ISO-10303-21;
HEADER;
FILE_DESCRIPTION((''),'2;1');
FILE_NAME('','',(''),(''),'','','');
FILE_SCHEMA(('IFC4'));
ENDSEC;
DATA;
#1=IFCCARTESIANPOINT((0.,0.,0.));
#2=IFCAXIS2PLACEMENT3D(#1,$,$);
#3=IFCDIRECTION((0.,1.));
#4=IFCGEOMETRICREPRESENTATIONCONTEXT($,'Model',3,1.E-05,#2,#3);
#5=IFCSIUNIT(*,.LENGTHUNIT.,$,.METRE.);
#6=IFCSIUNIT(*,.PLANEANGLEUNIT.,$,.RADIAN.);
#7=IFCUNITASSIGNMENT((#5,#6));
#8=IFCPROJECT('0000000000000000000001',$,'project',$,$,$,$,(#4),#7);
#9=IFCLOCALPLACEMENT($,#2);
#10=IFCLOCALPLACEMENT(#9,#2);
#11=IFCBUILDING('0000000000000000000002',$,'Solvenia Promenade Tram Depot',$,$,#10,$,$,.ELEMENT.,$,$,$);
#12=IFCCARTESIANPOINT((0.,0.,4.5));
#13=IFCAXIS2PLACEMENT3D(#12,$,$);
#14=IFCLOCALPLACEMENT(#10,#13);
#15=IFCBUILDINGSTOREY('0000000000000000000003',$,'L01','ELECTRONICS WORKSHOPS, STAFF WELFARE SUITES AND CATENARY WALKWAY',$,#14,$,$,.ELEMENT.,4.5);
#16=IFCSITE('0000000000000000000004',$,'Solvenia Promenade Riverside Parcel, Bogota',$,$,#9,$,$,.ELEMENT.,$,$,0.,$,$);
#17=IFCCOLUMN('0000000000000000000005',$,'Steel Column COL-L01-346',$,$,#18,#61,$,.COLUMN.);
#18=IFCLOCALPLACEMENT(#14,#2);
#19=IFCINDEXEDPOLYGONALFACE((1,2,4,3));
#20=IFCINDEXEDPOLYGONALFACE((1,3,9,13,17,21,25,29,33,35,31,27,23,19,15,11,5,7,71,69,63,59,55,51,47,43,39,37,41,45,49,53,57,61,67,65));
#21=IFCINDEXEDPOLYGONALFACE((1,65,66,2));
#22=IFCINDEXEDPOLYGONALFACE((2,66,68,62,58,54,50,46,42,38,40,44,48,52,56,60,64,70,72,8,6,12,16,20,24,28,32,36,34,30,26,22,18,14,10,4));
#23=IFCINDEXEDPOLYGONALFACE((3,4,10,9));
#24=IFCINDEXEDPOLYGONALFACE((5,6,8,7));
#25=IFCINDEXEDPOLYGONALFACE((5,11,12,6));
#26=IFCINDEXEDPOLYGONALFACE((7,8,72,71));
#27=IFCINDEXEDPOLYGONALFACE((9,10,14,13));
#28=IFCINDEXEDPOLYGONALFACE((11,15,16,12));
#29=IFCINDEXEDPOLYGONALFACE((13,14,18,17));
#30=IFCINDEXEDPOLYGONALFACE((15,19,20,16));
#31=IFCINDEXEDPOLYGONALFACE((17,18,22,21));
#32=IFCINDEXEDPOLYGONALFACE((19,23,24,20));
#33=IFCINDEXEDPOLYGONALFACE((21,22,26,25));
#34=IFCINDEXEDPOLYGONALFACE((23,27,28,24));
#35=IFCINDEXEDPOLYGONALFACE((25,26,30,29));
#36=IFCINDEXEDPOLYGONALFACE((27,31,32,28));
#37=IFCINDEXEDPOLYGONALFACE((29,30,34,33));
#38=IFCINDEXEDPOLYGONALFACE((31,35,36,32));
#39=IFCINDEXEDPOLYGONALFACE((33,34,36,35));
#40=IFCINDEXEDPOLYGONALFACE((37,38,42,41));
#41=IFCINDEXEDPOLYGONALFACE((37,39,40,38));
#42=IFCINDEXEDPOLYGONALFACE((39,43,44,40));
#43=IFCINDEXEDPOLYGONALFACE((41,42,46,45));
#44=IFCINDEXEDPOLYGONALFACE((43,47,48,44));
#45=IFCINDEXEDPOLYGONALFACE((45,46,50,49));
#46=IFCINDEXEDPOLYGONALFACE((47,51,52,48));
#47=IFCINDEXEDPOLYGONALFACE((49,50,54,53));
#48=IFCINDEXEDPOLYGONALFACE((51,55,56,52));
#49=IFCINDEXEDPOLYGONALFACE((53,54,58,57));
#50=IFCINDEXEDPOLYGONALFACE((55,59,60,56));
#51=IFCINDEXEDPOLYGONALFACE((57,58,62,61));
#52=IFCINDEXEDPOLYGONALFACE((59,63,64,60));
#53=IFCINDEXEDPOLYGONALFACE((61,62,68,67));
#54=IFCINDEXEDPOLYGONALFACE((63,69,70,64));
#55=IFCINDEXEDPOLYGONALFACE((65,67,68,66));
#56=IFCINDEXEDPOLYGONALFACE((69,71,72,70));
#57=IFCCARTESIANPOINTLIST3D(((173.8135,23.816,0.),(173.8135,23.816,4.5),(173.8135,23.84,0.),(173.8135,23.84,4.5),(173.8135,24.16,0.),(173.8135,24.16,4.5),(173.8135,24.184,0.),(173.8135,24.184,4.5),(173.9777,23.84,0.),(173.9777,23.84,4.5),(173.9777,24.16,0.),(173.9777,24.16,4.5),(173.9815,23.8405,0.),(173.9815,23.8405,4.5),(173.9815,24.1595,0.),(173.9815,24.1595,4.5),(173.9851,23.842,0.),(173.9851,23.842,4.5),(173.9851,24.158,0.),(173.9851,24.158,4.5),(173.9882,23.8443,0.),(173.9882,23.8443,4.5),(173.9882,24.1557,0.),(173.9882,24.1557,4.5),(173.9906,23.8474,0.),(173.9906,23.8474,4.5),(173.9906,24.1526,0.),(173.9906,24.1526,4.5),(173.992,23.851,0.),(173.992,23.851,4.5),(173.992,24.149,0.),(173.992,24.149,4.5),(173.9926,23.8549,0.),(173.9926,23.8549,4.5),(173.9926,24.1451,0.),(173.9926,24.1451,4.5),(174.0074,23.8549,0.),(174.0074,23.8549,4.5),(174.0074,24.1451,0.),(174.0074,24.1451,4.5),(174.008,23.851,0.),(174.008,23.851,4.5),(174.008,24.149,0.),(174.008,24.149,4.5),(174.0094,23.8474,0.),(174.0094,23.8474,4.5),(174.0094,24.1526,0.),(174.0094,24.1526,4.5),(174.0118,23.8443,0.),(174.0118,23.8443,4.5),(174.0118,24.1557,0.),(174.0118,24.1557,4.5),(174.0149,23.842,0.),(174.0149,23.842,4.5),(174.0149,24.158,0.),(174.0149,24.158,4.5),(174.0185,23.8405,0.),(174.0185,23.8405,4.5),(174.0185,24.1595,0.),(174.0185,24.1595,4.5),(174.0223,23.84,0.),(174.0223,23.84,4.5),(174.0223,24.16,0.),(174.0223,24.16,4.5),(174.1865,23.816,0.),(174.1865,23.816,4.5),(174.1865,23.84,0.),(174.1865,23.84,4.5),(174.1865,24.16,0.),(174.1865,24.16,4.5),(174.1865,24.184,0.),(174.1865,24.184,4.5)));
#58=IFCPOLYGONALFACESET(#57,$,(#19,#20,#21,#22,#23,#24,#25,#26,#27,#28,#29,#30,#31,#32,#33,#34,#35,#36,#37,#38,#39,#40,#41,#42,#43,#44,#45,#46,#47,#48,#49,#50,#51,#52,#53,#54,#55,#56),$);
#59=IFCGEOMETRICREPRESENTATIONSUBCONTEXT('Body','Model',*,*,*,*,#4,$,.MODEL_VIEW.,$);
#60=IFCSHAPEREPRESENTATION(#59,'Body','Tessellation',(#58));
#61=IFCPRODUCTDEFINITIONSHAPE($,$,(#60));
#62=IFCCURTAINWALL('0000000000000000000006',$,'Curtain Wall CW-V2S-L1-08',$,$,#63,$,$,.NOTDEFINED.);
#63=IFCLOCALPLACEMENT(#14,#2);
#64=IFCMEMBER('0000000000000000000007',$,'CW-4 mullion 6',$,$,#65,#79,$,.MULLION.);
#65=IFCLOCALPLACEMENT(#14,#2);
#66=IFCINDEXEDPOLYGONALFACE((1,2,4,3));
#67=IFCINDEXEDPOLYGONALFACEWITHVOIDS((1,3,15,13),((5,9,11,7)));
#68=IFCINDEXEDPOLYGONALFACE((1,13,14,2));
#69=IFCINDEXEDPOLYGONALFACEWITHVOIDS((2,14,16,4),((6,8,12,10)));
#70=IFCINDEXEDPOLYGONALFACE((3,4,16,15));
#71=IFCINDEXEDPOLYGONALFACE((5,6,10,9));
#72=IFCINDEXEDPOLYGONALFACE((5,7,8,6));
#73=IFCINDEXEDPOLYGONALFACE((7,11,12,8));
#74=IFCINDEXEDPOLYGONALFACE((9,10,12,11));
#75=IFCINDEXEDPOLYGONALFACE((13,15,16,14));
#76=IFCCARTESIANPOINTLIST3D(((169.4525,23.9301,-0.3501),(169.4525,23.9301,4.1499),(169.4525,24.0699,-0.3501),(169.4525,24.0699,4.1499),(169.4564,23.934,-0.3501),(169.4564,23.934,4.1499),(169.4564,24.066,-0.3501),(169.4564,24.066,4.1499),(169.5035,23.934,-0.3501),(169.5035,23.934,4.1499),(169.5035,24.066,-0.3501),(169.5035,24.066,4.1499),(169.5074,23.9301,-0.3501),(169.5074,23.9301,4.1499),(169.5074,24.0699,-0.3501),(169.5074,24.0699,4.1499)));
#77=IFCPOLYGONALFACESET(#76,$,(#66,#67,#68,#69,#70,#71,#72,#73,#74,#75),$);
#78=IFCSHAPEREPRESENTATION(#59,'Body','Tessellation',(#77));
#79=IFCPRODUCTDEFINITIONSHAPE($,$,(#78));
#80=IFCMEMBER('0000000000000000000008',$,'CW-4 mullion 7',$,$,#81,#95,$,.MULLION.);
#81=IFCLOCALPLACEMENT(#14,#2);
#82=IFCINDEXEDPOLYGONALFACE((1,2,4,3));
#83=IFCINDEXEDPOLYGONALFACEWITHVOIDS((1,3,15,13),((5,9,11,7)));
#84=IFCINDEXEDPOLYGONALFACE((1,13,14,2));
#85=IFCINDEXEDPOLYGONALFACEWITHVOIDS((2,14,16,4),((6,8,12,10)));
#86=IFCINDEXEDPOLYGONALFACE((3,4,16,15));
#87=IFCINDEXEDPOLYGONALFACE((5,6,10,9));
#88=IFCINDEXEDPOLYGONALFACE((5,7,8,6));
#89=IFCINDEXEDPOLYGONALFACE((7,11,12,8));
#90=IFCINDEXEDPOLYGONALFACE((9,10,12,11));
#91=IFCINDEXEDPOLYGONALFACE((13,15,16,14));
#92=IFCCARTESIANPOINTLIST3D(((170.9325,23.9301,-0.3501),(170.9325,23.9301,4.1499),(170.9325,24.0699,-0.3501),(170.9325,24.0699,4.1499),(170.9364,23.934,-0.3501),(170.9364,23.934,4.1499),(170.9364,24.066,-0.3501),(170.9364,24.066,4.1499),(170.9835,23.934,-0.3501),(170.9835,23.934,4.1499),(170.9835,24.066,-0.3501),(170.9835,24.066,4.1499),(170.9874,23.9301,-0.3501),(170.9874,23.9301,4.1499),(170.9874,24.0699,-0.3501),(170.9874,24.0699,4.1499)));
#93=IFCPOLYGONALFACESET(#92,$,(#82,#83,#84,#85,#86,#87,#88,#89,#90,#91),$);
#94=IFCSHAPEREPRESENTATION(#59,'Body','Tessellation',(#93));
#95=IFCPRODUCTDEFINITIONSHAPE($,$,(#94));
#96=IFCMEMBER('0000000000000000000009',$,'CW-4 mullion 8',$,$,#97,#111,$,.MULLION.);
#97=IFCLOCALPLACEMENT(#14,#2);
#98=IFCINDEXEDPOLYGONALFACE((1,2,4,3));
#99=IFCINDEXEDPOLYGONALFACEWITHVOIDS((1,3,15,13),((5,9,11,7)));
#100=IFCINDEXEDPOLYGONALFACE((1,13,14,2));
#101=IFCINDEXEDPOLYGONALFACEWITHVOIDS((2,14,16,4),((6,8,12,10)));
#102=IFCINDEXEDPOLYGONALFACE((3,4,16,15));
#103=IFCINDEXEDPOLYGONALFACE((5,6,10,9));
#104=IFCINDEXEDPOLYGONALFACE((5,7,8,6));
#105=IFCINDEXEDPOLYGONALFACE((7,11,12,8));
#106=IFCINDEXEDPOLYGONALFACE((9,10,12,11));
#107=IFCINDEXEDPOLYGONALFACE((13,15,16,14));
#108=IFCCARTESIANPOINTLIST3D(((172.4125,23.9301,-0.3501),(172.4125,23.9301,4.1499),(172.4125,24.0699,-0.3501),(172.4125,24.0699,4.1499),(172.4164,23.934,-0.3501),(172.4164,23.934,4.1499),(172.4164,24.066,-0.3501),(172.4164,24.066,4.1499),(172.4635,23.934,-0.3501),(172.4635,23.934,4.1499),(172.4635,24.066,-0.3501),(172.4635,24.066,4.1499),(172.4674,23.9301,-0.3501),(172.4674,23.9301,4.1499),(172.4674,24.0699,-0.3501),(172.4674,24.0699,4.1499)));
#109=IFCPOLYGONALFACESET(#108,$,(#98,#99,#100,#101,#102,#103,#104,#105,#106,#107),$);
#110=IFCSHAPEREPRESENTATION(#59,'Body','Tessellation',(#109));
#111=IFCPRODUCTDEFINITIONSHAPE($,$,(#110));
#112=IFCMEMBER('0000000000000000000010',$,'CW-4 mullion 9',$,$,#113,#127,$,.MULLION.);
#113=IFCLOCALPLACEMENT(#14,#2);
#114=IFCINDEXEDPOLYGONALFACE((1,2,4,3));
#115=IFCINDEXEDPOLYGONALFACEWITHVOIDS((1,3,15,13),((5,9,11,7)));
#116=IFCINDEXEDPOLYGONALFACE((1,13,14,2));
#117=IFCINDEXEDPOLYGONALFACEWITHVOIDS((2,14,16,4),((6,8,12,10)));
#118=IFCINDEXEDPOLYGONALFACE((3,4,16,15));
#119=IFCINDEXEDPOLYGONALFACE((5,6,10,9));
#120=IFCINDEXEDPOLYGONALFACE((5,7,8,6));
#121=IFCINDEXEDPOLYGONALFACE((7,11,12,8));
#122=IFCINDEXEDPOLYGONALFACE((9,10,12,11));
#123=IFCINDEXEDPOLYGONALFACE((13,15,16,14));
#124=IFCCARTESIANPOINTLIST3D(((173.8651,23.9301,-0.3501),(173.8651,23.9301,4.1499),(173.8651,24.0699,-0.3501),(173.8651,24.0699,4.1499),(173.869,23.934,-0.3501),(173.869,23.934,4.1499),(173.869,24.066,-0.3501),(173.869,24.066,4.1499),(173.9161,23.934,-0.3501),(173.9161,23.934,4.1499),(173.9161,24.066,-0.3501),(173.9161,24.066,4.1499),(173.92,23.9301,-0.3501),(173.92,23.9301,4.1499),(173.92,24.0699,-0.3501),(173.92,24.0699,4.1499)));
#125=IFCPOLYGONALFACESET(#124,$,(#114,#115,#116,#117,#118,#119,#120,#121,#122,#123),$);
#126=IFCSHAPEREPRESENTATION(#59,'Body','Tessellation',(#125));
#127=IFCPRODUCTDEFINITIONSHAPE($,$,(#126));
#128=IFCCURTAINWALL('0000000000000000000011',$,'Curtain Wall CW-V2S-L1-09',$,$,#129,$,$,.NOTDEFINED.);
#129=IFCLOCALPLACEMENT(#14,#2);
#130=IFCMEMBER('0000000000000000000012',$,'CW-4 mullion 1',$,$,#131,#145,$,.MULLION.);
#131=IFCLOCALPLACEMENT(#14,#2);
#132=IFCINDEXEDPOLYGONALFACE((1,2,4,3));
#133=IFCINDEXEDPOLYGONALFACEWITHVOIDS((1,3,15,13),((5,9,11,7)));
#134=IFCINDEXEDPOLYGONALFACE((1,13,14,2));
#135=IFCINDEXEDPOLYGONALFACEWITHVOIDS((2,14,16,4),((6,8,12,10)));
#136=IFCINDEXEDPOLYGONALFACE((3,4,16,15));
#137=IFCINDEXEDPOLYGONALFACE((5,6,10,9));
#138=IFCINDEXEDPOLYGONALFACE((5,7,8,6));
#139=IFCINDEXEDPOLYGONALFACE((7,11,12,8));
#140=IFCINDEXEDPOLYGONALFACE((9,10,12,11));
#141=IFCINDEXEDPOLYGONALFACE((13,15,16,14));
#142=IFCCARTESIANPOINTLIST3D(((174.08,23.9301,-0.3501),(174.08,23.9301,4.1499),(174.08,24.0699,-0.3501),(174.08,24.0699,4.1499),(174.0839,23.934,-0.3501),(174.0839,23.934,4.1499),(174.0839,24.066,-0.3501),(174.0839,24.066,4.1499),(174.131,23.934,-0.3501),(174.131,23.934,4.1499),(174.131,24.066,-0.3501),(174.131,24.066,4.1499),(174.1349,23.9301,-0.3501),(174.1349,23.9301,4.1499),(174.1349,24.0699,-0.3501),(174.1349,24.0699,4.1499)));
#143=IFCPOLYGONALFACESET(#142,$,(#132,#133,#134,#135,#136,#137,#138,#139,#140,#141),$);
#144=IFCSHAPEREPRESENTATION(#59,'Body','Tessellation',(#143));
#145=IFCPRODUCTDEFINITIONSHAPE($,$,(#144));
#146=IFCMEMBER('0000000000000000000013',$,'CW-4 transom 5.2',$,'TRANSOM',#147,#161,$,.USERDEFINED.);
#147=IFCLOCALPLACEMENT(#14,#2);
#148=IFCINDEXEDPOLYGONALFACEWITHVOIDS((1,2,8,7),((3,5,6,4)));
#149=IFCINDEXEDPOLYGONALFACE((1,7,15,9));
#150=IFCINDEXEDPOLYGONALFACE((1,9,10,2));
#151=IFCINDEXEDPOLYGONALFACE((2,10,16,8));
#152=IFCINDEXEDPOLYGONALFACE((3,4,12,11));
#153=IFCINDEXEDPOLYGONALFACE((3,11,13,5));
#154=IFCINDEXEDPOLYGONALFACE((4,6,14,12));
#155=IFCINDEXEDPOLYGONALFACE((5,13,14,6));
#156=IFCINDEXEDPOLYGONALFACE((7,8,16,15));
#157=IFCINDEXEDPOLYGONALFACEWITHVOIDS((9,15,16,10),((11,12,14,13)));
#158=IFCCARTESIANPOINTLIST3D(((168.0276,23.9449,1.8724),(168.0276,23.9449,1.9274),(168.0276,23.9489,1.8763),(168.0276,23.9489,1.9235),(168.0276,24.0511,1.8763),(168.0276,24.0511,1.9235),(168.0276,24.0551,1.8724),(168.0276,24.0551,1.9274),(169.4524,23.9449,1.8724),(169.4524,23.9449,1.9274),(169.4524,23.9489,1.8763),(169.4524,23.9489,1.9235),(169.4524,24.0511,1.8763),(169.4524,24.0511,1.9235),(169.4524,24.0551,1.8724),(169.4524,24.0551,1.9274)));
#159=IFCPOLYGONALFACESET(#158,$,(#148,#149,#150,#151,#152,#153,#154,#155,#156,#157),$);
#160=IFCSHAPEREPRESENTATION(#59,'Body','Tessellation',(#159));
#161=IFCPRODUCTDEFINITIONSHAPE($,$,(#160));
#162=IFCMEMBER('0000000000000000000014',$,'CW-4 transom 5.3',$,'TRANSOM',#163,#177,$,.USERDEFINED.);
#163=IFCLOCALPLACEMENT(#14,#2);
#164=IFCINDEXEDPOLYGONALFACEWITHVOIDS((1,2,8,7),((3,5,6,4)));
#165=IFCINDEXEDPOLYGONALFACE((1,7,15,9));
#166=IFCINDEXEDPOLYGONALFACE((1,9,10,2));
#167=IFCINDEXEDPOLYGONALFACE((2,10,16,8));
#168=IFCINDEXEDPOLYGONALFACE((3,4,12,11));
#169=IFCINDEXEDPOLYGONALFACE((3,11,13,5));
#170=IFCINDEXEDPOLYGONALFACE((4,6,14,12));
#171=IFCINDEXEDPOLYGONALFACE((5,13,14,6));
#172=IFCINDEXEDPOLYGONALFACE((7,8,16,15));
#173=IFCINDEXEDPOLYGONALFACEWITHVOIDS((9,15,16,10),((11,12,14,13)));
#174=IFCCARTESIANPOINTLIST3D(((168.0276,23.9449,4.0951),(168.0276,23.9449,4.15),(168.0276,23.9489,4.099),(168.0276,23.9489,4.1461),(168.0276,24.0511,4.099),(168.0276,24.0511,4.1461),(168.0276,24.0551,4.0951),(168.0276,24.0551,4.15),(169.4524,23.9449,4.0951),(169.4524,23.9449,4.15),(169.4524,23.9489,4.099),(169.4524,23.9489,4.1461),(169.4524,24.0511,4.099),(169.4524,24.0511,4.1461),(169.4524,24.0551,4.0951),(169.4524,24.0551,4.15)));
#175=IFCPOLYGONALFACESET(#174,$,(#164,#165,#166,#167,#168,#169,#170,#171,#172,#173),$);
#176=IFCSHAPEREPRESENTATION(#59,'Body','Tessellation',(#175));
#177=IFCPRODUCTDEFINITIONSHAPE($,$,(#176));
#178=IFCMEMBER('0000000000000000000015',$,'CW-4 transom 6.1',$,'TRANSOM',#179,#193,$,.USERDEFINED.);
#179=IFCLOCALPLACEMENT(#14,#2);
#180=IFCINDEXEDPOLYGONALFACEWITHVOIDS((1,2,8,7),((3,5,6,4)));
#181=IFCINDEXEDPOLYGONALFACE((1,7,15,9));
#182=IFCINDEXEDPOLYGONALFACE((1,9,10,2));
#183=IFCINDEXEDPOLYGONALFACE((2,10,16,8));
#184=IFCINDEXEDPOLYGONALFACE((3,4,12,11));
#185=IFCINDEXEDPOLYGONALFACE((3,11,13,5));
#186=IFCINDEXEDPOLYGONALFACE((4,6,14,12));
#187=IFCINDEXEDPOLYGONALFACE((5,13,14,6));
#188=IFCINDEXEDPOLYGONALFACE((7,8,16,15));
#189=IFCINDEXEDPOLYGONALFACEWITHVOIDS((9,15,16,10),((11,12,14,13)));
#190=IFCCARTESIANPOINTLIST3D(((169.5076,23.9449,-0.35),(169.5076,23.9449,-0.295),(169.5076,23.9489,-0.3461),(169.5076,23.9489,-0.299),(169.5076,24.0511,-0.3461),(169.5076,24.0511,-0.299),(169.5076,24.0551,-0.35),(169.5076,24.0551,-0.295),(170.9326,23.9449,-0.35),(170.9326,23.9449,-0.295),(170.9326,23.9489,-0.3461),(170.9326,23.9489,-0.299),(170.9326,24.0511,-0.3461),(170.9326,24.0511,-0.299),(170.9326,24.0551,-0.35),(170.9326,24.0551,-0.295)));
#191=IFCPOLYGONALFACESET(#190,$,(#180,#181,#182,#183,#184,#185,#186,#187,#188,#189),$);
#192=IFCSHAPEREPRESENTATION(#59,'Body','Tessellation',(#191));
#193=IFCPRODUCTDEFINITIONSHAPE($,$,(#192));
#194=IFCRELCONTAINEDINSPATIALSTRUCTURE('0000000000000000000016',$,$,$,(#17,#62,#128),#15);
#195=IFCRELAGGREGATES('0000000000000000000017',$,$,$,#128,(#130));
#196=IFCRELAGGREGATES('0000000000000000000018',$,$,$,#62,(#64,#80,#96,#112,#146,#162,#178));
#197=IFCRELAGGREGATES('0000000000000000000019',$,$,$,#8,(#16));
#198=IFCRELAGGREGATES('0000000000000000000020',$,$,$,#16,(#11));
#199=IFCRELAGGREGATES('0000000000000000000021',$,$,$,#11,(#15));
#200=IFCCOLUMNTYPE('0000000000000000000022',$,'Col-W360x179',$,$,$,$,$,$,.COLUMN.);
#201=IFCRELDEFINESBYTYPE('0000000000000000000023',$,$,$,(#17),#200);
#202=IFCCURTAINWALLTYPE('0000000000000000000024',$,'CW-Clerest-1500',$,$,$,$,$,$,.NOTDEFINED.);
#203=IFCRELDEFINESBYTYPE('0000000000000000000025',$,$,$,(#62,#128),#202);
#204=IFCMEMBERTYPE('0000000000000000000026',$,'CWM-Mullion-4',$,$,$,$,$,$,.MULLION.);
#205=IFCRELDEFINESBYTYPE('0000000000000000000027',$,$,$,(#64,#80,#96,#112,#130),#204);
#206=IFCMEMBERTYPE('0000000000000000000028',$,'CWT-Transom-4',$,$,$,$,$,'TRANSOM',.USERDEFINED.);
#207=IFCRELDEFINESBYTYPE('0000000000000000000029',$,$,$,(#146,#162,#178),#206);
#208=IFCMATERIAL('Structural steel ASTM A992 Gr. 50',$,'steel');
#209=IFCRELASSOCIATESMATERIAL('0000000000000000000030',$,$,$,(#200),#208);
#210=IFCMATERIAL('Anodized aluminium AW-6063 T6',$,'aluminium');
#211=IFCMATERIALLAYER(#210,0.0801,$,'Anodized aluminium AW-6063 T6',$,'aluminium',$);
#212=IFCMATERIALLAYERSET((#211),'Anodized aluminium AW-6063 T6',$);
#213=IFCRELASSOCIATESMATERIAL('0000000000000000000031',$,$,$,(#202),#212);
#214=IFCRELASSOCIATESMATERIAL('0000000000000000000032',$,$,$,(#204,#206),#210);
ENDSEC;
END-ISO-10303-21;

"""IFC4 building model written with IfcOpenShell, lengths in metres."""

from ifc_helpers import new_model, si_unit, direction, frame, origin, origin_2d, place, context, subcontext, project, spatial, hollow_rectangle, i_section, extrude, material, layer, layer_set, material_profile, profile_set, type_object, element, aggregate, save


model = new_model("IFC4")

# Units and contexts
model_context = context("Model", 3, precision=1e-05, world=origin(), true_north=direction((0.0, 1.0)))
body_context = subcontext(model_context, "Body", "Model", "MODEL_VIEW")
ifc_project = project(units=[si_unit("LENGTHUNIT", "METRE"), si_unit("PLANEANGLEUNIT", "RADIAN")], contexts=[model_context])

# Site, building, storey
site_placement = place(None, origin())
site = spatial("IfcSite", under=ifc_project, at=site_placement, Name="Solvenia Promenade Riverside Parcel, Bogota", CompositionType="ELEMENT", RefElevation=0.0)
building_placement = place(site_placement, origin())
building = spatial("IfcBuilding", under=site, at=building_placement, Name="Solvenia Promenade Tram Depot", CompositionType="ELEMENT")
storey_placement = place(building_placement, frame((0.0, 0.0, 4.5)))
storey = spatial("IfcBuildingStorey", under=building, at=storey_placement, Name="L01", Description="ELECTRONICS WORKSHOPS, STAFF WELFARE SUITES AND CATENARY WALKWAY", CompositionType="ELEMENT", Elevation=4.5)

# Column
ifc_material_1 = material(Name="Structural steel ASTM A992 Gr. 50", Category="steel")
ifc_material_profile_1 = material_profile(ifc_material_1, i_section(OverallWidth=0.373, OverallDepth=0.3679, WebThickness=0.0149, FlangeThickness=0.0239, FilletRadius=0.0149, at=origin_2d()), Name="W360x179", Category="steel")
ifc_profile_set_1 = profile_set([ifc_material_profile_1], Name="Structural steel ASTM A992 Gr. 50")
column_type = type_object("IfcColumnType", Name="Col-W360x179", PredefinedType="COLUMN", material=ifc_profile_set_1)
column_placement = place(storey_placement, frame((174.0, 24.0, 0.0), z_axis=(0.0, 0.0, 1.0), x_axis=(1.0, 0.0, 0.0)))
element("IfcColumn", 1, at=column_placement, inside=storey, type_object=column_type, Name="Steel Column COL-L01-346", PredefinedType="COLUMN", context=body_context, shape_type="SweptSolid", body=[
    extrude(i_section(OverallWidth=0.373, OverallDepth=0.3679, WebThickness=0.0149, FlangeThickness=0.0239, FilletRadius=0.0149, at=origin_2d()), origin(), (0.0, 0.0, 1.0), 4.5),
])

# Curtain wall, members
ifc_material_2 = material(Name="Anodized aluminium AW-6063 T6", Category="aluminium")
ifc_layer_1 = layer(ifc_material_2, 0.0801, Name="Anodized aluminium AW-6063 T6", Category="aluminium")
ifc_layer_set_1 = layer_set([ifc_layer_1], Name="Anodized aluminium AW-6063 T6")
curtain_wall_type = type_object("IfcCurtainWallType", Name="CW-Clerest-1500", PredefinedType="NOTDEFINED", material=ifc_layer_set_1)
curtain_wall_1_placement = place(storey_placement, origin())
curtain_wall_1 = element("IfcCurtainWall", 2, at=curtain_wall_1_placement, inside=storey, type_object=curtain_wall_type, Name="Curtain Wall CW-V2S-L1-08", PredefinedType="NOTDEFINED")
ifc_material_profile_2 = material_profile(ifc_material_2, hollow_rectangle(XDim=0.1399, YDim=0.0549, WallThickness=0.0039, at=origin_2d()), Name="ALU-M4", Category="aluminium")
ifc_profile_set_2 = profile_set([ifc_material_profile_2], Name="Anodized aluminium AW-6063 T6")
member_type_1 = type_object("IfcMemberType", Name="CWM-Mullion-4", PredefinedType="MULLION", material=ifc_profile_set_2)
member_1_placement = place(storey_placement, frame((169.48, 24.0, -0.3501), z_axis=(0.0, 0.0, 1.0), x_axis=(0.0, 1.0, 0.0)))
member_1 = element("IfcMember", 3, at=member_1_placement, type_object=member_type_1, Name="CW-4 mullion 6", PredefinedType="MULLION", context=body_context, shape_type="SweptSolid", body=[
    extrude(hollow_rectangle(XDim=0.1399, YDim=0.0549, WallThickness=0.0039, at=origin_2d()), origin(), (0.0, 0.0, 1.0), 4.5),
])
member_2_placement = place(storey_placement, frame((170.96, 24.0, -0.3501), z_axis=(0.0, 0.0, 1.0), x_axis=(0.0, 1.0, 0.0)))
member_2 = element("IfcMember", 4, at=member_2_placement, type_object=member_type_1, Name="CW-4 mullion 7", PredefinedType="MULLION", context=body_context, shape_type="SweptSolid", body=[
    extrude(hollow_rectangle(XDim=0.1399, YDim=0.0549, WallThickness=0.0039, at=origin_2d()), origin(), (0.0, 0.0, 1.0), 4.5),
])
member_3_placement = place(storey_placement, frame((172.4399, 24.0, -0.3501), z_axis=(0.0, 0.0, 1.0), x_axis=(0.0, 1.0, 0.0)))
member_3 = element("IfcMember", 5, at=member_3_placement, type_object=member_type_1, Name="CW-4 mullion 8", PredefinedType="MULLION", context=body_context, shape_type="SweptSolid", body=[
    extrude(hollow_rectangle(XDim=0.1399, YDim=0.0549, WallThickness=0.0039, at=origin_2d()), origin(), (0.0, 0.0, 1.0), 4.5),
])
member_4_placement = place(storey_placement, frame((173.8926, 24.0, -0.3501), z_axis=(0.0, 0.0, 1.0), x_axis=(0.0, 1.0, 0.0)))
member_4 = element("IfcMember", 6, at=member_4_placement, type_object=member_type_1, Name="CW-4 mullion 9", PredefinedType="MULLION", context=body_context, shape_type="SweptSolid", body=[
    extrude(hollow_rectangle(XDim=0.1399, YDim=0.0549, WallThickness=0.0039, at=origin_2d()), origin(), (0.0, 0.0, 1.0), 4.5),
])

# Curtain wall, member
curtain_wall_2_placement = place(storey_placement, origin())
curtain_wall_2 = element("IfcCurtainWall", 7, at=curtain_wall_2_placement, inside=storey, type_object=curtain_wall_type, Name="Curtain Wall CW-V2S-L1-09", PredefinedType="NOTDEFINED")
member_5_placement = place(storey_placement, frame((174.1074, 24.0, -0.3501), z_axis=(0.0, 0.0, 1.0), x_axis=(0.0, 1.0, 0.0)))
member_5 = element("IfcMember", 8, at=member_5_placement, type_object=member_type_1, Name="CW-4 mullion 1", PredefinedType="MULLION", context=body_context, shape_type="SweptSolid", body=[
    extrude(hollow_rectangle(XDim=0.1399, YDim=0.0549, WallThickness=0.0039, at=origin_2d()), origin(), (0.0, 0.0, 1.0), 4.5),
])
aggregate(curtain_wall_2, [member_5])

# Members
ifc_material_profile_3 = material_profile(ifc_material_2, hollow_rectangle(XDim=0.1101, YDim=0.0549, WallThickness=0.0039, at=origin_2d()), Name="ALU-T4", Category="aluminium")
ifc_profile_set_3 = profile_set([ifc_material_profile_3], Name="Anodized aluminium AW-6063 T6")
member_type_2 = type_object("IfcMemberType", Name="CWT-Transom-4", ElementType="TRANSOM", PredefinedType="USERDEFINED", material=ifc_profile_set_3)
member_6_placement = place(storey_placement, frame((168.0276, 24.0, 1.8999), z_axis=(1.0, 0.0, 0.0), x_axis=(0.0, 1.0, 0.0)))
member_6 = element("IfcMember", 9, at=member_6_placement, type_object=member_type_2, Name="CW-4 transom 5.2", ObjectType="TRANSOM", PredefinedType="USERDEFINED", context=body_context, shape_type="SweptSolid", body=[
    extrude(hollow_rectangle(XDim=0.1101, YDim=0.0549, WallThickness=0.0039, at=origin_2d()), origin(), (0.0, 0.0, 1.0), 1.4248),
])
member_7_placement = place(storey_placement, frame((168.0276, 24.0, 4.1226), z_axis=(1.0, 0.0, 0.0), x_axis=(0.0, 1.0, 0.0)))
member_7 = element("IfcMember", 10, at=member_7_placement, type_object=member_type_2, Name="CW-4 transom 5.3", ObjectType="TRANSOM", PredefinedType="USERDEFINED", context=body_context, shape_type="SweptSolid", body=[
    extrude(hollow_rectangle(XDim=0.1101, YDim=0.0549, WallThickness=0.0039, at=origin_2d()), origin(), (0.0, 0.0, 1.0), 1.4248),
])
member_8_placement = place(storey_placement, frame((169.5076, 24.0, -0.3225), z_axis=(1.0, 0.0, 0.0), x_axis=(0.0, 1.0, 0.0)))
member_8 = element("IfcMember", 11, at=member_8_placement, type_object=member_type_2, Name="CW-4 transom 6.1", ObjectType="TRANSOM", PredefinedType="USERDEFINED", context=body_context, shape_type="SweptSolid", body=[
    extrude(hollow_rectangle(XDim=0.1101, YDim=0.0549, WallThickness=0.0039, at=origin_2d()), origin(), (0.0, 0.0, 1.0), 1.425),
])

aggregate(curtain_wall_1, [member_1, member_2, member_3, member_4, member_6, member_7, member_8])

save(model, "model.ifc")
